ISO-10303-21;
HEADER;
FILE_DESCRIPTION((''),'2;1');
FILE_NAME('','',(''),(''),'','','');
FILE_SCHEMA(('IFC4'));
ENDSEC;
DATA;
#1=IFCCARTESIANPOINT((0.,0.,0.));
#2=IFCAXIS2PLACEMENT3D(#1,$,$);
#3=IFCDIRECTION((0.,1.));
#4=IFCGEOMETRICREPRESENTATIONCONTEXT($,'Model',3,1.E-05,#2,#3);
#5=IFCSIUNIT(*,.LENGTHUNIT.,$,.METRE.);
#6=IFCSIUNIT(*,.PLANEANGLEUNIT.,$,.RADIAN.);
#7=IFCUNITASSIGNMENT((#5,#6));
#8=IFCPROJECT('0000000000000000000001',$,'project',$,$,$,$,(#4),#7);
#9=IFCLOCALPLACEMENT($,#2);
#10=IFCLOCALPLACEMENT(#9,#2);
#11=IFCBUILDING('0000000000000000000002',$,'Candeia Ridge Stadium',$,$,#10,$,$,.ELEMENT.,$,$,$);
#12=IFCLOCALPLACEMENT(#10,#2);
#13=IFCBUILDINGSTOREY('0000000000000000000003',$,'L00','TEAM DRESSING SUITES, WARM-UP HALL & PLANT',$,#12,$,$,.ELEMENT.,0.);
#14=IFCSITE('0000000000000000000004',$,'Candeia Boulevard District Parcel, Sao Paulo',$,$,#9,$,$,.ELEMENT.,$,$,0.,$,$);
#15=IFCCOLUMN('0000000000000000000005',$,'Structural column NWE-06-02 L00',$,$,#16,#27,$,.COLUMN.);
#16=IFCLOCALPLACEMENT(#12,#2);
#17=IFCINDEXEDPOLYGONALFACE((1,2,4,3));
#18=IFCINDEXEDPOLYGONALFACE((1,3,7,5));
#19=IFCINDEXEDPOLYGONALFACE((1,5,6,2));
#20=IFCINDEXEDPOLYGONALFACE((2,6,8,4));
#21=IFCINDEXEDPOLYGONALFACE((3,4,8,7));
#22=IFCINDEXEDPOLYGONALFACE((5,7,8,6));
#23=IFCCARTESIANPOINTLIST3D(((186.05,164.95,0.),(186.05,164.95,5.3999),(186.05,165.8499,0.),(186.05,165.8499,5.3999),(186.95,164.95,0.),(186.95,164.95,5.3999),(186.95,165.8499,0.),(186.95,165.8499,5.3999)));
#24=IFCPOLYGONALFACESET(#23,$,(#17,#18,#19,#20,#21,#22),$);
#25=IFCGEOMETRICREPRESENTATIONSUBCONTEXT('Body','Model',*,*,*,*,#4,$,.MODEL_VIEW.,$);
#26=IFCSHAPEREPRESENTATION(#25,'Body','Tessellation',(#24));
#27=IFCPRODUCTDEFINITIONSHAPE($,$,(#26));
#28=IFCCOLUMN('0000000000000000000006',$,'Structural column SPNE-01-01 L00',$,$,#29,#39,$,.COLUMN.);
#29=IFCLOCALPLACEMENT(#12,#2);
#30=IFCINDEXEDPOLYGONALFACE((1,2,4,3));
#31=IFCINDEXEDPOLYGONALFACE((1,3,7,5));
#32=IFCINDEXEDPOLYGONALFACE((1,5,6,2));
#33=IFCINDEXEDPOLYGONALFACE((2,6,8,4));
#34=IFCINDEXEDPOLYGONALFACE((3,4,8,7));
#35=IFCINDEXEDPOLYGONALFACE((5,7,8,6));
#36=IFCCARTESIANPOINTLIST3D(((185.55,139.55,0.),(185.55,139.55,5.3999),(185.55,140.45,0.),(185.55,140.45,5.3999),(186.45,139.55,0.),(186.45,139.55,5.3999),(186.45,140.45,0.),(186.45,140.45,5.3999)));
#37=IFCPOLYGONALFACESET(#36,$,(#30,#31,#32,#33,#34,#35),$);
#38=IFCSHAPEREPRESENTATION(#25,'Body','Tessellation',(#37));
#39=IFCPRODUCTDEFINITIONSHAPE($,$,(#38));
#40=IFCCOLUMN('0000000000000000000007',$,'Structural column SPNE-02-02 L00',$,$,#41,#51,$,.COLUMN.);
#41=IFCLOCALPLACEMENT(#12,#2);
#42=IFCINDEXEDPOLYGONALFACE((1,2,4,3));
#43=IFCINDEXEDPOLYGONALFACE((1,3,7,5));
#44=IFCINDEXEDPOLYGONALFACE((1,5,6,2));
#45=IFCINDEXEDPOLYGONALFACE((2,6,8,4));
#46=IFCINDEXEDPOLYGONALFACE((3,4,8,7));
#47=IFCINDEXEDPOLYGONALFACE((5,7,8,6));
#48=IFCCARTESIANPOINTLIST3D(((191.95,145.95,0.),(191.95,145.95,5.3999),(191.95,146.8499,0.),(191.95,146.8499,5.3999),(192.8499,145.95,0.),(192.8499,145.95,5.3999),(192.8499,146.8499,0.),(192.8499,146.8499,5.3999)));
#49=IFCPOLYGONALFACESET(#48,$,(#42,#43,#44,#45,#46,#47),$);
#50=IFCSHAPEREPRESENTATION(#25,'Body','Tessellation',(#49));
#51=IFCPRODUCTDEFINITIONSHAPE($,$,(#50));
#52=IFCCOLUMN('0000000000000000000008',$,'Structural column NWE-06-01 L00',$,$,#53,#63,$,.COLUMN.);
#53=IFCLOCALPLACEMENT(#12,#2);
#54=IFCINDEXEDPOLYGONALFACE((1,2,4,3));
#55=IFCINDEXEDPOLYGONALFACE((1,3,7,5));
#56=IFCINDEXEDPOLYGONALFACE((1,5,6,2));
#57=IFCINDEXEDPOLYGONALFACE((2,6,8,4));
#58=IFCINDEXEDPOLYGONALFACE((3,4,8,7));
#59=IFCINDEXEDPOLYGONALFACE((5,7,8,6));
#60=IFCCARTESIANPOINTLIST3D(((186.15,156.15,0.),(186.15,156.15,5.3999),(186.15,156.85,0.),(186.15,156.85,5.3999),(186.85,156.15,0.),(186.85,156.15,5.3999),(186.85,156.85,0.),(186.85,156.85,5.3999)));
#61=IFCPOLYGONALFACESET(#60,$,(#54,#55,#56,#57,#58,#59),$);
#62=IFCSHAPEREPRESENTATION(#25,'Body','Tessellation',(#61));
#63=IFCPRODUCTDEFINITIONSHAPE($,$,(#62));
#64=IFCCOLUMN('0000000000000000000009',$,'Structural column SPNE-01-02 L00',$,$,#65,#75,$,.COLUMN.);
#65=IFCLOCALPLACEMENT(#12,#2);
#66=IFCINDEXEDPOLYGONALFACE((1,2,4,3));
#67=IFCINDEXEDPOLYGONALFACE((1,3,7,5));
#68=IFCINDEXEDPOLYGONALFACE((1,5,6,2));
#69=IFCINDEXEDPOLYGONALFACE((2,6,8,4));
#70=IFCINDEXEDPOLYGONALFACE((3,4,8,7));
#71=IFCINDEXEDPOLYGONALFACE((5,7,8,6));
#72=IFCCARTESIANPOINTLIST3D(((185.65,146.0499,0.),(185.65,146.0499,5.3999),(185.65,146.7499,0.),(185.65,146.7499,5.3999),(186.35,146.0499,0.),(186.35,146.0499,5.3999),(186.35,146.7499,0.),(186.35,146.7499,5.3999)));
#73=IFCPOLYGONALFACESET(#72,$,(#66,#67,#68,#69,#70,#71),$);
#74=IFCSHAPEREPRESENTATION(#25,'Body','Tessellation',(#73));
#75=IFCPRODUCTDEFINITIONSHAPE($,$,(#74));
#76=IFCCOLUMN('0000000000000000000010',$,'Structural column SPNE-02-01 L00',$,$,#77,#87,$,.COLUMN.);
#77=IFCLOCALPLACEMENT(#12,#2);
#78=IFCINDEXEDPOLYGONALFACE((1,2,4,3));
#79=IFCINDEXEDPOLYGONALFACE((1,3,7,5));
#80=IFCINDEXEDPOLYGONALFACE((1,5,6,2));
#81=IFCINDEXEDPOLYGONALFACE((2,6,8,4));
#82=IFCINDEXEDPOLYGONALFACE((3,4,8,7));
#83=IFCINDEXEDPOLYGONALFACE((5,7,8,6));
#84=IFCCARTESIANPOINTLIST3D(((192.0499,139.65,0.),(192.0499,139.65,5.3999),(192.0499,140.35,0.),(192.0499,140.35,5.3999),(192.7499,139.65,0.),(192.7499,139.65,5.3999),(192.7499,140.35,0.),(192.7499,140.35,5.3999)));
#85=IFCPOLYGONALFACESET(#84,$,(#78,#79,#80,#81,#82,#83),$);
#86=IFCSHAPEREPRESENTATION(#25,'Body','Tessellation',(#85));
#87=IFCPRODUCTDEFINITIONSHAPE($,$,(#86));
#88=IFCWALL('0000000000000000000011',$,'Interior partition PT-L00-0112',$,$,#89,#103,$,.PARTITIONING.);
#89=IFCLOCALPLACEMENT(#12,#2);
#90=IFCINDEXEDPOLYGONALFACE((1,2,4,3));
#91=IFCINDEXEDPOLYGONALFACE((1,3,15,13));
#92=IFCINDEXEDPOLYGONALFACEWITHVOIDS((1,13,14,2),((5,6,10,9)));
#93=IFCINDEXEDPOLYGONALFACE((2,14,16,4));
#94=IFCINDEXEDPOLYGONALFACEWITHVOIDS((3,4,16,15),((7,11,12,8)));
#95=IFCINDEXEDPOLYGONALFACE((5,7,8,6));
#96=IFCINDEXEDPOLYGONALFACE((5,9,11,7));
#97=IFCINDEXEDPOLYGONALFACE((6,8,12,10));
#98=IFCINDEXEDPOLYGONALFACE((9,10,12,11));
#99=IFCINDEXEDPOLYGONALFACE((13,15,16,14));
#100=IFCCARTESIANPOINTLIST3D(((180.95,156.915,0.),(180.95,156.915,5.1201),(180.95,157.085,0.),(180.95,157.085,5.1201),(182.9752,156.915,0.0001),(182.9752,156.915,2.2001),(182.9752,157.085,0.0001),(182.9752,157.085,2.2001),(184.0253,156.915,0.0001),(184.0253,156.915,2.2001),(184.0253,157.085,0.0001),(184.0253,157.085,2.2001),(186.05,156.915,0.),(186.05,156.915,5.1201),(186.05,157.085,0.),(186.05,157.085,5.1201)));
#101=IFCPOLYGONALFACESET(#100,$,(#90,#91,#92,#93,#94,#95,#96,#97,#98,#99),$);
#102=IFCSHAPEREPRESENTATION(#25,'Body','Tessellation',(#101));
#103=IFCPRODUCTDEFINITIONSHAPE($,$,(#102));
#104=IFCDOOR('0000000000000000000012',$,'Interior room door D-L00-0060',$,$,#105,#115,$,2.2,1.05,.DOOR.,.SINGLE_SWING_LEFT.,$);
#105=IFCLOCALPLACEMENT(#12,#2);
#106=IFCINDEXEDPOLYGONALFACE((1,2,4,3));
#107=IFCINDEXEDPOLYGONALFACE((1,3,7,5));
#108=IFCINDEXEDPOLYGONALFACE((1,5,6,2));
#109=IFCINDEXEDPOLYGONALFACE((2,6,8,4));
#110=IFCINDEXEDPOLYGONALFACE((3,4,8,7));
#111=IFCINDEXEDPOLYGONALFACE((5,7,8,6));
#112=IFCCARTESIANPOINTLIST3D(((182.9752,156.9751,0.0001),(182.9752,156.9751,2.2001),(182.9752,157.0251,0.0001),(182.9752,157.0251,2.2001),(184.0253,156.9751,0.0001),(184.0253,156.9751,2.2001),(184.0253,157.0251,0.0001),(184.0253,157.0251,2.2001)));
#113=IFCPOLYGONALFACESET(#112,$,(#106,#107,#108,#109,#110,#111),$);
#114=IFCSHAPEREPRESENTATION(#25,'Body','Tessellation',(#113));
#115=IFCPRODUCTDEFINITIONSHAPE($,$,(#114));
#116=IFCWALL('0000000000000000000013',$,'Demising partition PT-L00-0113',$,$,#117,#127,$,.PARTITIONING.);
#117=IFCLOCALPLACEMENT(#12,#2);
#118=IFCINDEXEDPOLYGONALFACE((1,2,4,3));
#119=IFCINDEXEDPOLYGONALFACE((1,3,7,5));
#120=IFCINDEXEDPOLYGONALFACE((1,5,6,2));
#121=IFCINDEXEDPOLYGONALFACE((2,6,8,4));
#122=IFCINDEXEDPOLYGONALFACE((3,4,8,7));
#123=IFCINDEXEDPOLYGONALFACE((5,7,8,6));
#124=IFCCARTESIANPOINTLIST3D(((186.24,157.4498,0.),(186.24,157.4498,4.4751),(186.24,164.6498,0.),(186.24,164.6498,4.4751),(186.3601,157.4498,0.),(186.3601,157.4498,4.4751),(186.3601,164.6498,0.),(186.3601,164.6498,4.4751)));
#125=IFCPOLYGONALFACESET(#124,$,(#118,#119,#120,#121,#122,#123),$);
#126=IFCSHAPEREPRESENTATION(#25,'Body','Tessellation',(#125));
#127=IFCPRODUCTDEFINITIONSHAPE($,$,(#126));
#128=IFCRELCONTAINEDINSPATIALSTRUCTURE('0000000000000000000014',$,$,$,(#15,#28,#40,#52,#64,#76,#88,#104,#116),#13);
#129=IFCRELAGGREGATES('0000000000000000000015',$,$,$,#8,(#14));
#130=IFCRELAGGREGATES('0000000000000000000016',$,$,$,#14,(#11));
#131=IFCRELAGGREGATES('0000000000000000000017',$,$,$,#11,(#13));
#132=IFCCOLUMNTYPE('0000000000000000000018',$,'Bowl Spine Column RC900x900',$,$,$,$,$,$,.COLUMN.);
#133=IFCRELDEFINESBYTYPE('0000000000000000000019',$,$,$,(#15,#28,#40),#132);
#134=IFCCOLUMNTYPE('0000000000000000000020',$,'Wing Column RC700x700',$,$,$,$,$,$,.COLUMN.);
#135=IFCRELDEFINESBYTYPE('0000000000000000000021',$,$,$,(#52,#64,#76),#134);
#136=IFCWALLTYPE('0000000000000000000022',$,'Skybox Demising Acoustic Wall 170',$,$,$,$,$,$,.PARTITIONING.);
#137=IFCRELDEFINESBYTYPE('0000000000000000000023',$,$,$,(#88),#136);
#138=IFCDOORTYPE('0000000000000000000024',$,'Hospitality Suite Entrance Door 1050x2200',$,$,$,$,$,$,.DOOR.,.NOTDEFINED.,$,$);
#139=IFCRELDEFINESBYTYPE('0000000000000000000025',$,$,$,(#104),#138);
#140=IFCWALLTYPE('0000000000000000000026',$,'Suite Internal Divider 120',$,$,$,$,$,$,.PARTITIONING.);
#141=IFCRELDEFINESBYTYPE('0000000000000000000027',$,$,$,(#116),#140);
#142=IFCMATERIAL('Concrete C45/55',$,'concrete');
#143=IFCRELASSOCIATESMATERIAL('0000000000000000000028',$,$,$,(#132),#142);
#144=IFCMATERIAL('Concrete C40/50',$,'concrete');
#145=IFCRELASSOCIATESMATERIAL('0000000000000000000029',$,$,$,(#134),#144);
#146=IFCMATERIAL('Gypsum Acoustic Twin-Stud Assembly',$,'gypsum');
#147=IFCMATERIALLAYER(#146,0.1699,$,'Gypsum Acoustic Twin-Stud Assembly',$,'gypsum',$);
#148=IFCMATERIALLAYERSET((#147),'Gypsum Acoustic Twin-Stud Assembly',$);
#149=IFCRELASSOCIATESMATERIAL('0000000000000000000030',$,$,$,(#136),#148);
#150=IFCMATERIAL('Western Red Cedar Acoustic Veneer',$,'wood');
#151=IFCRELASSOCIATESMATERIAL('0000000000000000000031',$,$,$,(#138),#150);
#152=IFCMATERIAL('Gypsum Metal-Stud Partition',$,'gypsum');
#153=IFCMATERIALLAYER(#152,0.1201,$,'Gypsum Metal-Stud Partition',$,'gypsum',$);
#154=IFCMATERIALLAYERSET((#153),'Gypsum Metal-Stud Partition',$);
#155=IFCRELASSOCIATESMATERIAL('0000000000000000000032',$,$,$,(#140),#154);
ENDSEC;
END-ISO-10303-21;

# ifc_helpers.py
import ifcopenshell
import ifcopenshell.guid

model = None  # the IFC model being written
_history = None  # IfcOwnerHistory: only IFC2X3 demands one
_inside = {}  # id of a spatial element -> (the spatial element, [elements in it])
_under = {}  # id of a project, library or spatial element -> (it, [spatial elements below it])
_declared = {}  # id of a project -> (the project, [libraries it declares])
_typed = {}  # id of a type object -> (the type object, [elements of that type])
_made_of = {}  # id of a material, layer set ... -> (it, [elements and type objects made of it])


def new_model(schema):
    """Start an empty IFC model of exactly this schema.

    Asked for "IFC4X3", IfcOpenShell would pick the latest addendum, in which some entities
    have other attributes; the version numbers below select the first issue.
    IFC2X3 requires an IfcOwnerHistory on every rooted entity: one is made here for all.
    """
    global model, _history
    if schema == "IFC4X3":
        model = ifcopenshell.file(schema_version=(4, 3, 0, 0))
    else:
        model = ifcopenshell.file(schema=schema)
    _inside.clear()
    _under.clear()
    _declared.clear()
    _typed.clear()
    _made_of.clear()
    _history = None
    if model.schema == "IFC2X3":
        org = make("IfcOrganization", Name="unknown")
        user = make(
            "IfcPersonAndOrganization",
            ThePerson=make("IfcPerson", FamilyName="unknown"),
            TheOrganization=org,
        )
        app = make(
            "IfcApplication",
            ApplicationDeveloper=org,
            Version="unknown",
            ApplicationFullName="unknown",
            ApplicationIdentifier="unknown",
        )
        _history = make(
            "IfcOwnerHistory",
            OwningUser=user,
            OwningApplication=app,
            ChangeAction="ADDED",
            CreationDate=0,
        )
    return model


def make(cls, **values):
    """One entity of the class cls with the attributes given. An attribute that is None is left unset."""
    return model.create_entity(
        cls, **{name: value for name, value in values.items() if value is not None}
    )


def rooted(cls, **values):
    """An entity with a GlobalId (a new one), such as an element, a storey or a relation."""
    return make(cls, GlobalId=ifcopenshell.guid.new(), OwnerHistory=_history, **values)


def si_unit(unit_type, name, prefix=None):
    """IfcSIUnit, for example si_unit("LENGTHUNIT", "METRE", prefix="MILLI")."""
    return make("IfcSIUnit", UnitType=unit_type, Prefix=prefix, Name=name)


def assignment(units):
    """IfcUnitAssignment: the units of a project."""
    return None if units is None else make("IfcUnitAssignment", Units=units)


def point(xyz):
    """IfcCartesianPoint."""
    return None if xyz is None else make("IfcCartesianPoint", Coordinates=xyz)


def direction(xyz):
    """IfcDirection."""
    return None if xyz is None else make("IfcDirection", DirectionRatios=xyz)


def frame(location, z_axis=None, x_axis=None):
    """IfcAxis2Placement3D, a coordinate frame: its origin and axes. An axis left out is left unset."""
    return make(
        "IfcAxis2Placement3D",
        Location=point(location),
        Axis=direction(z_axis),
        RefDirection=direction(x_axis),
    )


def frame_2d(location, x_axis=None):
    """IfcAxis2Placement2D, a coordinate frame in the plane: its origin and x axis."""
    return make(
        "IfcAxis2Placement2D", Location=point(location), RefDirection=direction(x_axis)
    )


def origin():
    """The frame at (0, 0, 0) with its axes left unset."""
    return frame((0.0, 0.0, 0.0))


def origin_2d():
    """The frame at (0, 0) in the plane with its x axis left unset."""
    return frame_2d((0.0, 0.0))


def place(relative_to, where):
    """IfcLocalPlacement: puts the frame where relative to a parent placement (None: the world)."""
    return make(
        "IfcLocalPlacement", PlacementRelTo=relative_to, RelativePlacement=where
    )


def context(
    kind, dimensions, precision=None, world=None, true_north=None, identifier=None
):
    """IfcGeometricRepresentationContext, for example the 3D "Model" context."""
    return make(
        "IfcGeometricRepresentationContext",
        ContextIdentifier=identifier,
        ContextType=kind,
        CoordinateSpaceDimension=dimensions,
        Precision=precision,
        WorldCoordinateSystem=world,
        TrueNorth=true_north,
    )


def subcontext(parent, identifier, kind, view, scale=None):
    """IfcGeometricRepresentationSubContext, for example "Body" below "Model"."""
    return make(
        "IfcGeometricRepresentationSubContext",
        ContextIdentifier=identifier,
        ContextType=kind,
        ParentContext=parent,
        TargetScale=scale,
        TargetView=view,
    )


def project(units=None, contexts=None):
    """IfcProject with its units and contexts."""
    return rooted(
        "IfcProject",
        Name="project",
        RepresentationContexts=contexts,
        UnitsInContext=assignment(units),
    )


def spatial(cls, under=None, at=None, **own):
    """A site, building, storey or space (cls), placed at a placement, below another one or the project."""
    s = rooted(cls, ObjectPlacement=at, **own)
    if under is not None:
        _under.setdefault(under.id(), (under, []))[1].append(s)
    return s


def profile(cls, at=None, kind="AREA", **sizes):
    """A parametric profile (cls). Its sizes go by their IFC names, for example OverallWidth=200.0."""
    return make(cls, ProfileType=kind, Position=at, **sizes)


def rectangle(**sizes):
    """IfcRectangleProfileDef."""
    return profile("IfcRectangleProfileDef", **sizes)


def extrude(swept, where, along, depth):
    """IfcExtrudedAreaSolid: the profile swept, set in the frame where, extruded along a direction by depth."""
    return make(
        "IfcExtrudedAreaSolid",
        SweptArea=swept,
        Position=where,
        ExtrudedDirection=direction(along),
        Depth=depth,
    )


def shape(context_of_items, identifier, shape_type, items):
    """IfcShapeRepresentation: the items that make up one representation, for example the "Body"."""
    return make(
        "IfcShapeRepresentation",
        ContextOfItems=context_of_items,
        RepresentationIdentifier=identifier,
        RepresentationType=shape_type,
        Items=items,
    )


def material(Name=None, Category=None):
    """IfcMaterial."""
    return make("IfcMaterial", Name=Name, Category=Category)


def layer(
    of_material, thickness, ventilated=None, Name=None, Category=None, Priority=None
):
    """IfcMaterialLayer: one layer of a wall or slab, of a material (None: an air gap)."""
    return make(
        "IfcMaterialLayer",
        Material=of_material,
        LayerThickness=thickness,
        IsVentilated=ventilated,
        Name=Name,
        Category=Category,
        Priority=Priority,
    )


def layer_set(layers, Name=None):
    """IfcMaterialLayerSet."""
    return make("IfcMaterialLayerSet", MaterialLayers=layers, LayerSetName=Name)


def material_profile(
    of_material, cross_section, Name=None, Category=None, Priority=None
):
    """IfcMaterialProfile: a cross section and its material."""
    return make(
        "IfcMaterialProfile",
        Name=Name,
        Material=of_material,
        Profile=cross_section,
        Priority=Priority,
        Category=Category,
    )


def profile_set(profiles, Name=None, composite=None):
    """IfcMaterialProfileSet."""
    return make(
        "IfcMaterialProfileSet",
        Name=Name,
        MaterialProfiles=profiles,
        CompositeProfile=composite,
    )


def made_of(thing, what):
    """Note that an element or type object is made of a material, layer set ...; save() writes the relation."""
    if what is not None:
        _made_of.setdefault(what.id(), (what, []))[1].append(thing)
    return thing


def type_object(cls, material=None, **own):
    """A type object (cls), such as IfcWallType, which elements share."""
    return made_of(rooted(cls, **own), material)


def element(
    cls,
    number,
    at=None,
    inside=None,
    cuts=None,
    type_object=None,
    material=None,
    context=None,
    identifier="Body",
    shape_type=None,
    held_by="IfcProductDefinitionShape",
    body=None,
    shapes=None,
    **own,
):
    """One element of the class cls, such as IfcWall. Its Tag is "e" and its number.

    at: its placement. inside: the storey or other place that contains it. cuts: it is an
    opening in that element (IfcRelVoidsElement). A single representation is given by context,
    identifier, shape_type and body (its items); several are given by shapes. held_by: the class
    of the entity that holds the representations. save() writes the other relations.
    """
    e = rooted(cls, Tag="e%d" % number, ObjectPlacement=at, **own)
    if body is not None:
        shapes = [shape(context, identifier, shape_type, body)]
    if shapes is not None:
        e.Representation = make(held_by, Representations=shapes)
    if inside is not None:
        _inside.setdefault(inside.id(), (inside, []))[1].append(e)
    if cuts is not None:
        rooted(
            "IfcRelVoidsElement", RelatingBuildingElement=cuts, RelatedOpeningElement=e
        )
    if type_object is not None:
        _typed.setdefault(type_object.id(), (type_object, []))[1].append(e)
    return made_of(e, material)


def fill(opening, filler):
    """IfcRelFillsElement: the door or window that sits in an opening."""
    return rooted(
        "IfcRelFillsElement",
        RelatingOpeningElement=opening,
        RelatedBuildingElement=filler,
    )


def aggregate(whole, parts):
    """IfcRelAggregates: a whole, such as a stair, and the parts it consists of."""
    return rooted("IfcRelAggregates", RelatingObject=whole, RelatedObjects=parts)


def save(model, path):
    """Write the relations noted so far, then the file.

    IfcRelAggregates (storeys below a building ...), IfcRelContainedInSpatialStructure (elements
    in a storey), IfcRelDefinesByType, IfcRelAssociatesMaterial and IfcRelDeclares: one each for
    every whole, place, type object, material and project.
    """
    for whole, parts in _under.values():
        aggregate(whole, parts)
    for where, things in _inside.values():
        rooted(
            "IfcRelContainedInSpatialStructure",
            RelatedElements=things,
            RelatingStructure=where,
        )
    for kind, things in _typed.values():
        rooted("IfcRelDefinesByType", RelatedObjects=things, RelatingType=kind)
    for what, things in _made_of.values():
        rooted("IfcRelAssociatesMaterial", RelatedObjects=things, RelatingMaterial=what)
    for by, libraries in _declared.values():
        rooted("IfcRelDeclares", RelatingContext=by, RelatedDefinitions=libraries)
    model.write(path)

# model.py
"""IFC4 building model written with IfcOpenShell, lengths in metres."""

from ifc_helpers import new_model, si_unit, direction, frame, frame_2d, origin, origin_2d, place, context, subcontext, project, spatial, rectangle, extrude, material, layer, layer_set, material_profile, profile_set, type_object, element, fill, save


model = new_model("IFC4")

# Units and contexts
model_context = context("Model", 3, precision=1e-05, world=origin(), true_north=direction((0.0, 1.0)))
body_context = subcontext(model_context, "Body", "Model", "MODEL_VIEW")
ifc_project = project(units=[si_unit("LENGTHUNIT", "METRE"), si_unit("PLANEANGLEUNIT", "RADIAN")], contexts=[model_context])

# Site, building, storey
site_placement = place(None, origin())
site = spatial("IfcSite", under=ifc_project, at=site_placement, Name="Candeia Boulevard District Parcel, Sao Paulo", CompositionType="ELEMENT", RefElevation=0.0)
building_placement = place(site_placement, origin())
building = spatial("IfcBuilding", under=site, at=building_placement, Name="Candeia Ridge Stadium", CompositionType="ELEMENT")
storey_placement = place(building_placement, origin())
storey = spatial("IfcBuildingStorey", under=building, at=storey_placement, Name="L00", Description="TEAM DRESSING SUITES, WARM-UP HALL & PLANT", CompositionType="ELEMENT", Elevation=0.0)

# Shared definitions
ifc_material_1 = material(Name="Concrete C40/50", Category="concrete")

# Columns
ifc_material_2 = material(Name="Concrete C45/55", Category="concrete")
ifc_material_profile_1 = material_profile(ifc_material_2, rectangle(XDim=0.8999, YDim=0.8999, at=origin_2d()), Name="RC900x900", Category="concrete")
ifc_profile_set_1 = profile_set([ifc_material_profile_1], Name="Concrete C45/55")
column_type_1 = type_object("IfcColumnType", Name="Bowl Spine Column RC900x900", PredefinedType="COLUMN", material=ifc_profile_set_1)
for number, where, z_axis, x_axis, name in (
    (1, (186.5, 165.3999, 0.0), (0.0, 0.0, 1.0), (1.0, 0.0, 0.0), "Structural column NWE-06-02 L00"),
    (2, (186.0, 140.0, 0.0), (0.0, 0.0, 1.0), (1.0, 0.0, 0.0), "Structural column SPNE-01-01 L00"),
    (3, (192.3999, 146.3999, 0.0), (0.0, 0.0, 1.0), (1.0, 0.0, 0.0), "Structural column SPNE-02-02 L00"),
):
    element("IfcColumn", number, at=place(storey_placement, frame(where, z_axis=z_axis, x_axis=x_axis)), inside=storey, type_object=column_type_1, Name=name, PredefinedType="COLUMN", context=body_context, shape_type="SweptSolid", body=[
        extrude(rectangle(XDim=0.8999, YDim=0.8999, at=origin_2d()), origin(), (0.0, 0.0, 1.0), 5.3999),
    ])
ifc_material_profile_2 = material_profile(ifc_material_1, rectangle(XDim=0.7, YDim=0.7, at=origin_2d()), Name="RC700x700", Category="concrete")
ifc_profile_set_2 = profile_set([ifc_material_profile_2], Name="Concrete C40/50")
column_type_2 = type_object("IfcColumnType", Name="Wing Column RC700x700", PredefinedType="COLUMN", material=ifc_profile_set_2)
for number, where, z_axis, x_axis, name in (
    (4, (186.5, 156.5, 0.0), (0.0, 0.0, 1.0), (1.0, 0.0, 0.0), "Structural column NWE-06-01 L00"),
    (5, (186.0, 146.3999, 0.0), (0.0, 0.0, 1.0), (1.0, 0.0, 0.0), "Structural column SPNE-01-02 L00"),
    (6, (192.3999, 140.0, 0.0), (0.0, 0.0, 1.0), (1.0, 0.0, 0.0), "Structural column SPNE-02-01 L00"),
):
    element("IfcColumn", number, at=place(storey_placement, frame(where, z_axis=z_axis, x_axis=x_axis)), inside=storey, type_object=column_type_2, Name=name, PredefinedType="COLUMN", context=body_context, shape_type="SweptSolid", body=[
        extrude(rectangle(XDim=0.7, YDim=0.7, at=origin_2d()), origin(), (0.0, 0.0, 1.0), 5.3999),
    ])

# Wall, opening, door
ifc_material_3 = material(Name="Gypsum Acoustic Twin-Stud Assembly", Category="gypsum")
ifc_layer_1 = layer(ifc_material_3, 0.1699, Name="Gypsum Acoustic Twin-Stud Assembly", Category="gypsum")
ifc_layer_set_1 = layer_set([ifc_layer_1], Name="Gypsum Acoustic Twin-Stud Assembly")
wall_type_1 = type_object("IfcWallType", Name="Skybox Demising Acoustic Wall 170", PredefinedType="PARTITIONING", material=ifc_layer_set_1)
wall_1_placement = place(storey_placement, frame((186.05, 157.0, 0.0), z_axis=(0.0, 0.0, 1.0), x_axis=(-1.0, 0.0, 0.0)))
wall_1 = element("IfcWall", 7, at=wall_1_placement, inside=storey, type_object=wall_type_1, Name="Interior partition PT-L00-0112", PredefinedType="PARTITIONING", context=body_context, shape_type="SweptSolid", body=[
    extrude(rectangle(XDim=5.1001, YDim=0.1699, at=frame_2d((2.55, 0.0))), origin(), (0.0, 0.0, 1.0), 5.1201),
])
opening_placement = place(wall_1_placement, frame((2.0249, 0.0, 0.0)))
opening = element("IfcOpeningElement", 8, at=opening_placement, cuts=wall_1, PredefinedType="OPENING", context=body_context, shape_type="SweptSolid", body=[
    extrude(rectangle(XDim=1.05, YDim=2.2, at=frame_2d((0.5249, 1.1001))), frame((0.0, 0.095, 0.0), z_axis=(0.0, -1.0, 0.0), x_axis=(1.0, 0.0, 0.0)), (0.0, 0.0, 1.0), 0.1899),
])
ifc_material_4 = material(Name="Western Red Cedar Acoustic Veneer", Category="wood")
door_type = type_object("IfcDoorType", Name="Hospitality Suite Entrance Door 1050x2200", OperationType="NOTDEFINED", PredefinedType="DOOR", material=ifc_material_4)
door_placement = place(opening_placement, origin())
door = element("IfcDoor", 9, at=door_placement, inside=storey, type_object=door_type, Name="Interior room door D-L00-0060", OperationType="SINGLE_SWING_LEFT", OverallHeight=2.2, OverallWidth=1.05, PredefinedType="DOOR", context=body_context, shape_type="SweptSolid", body=[
    extrude(rectangle(XDim=1.05, YDim=2.2, at=frame_2d((0.5249, 1.1001))), frame((0.0, 0.0249, 0.0), z_axis=(0.0, -1.0, 0.0), x_axis=(1.0, 0.0, 0.0)), (0.0, 0.0, 1.0), 0.05),
])
fill(opening, door)

# Wall
ifc_material_5 = material(Name="Gypsum Metal-Stud Partition", Category="gypsum")
ifc_layer_2 = layer(ifc_material_5, 0.1201, Name="Gypsum Metal-Stud Partition", Category="gypsum")
ifc_layer_set_2 = layer_set([ifc_layer_2], Name="Gypsum Metal-Stud Partition")
wall_type_2 = type_object("IfcWallType", Name="Suite Internal Divider 120", PredefinedType="PARTITIONING", material=ifc_layer_set_2)
wall_2_placement = place(storey_placement, frame((186.3, 164.6499, 0.0), z_axis=(0.0, 0.0, 1.0), x_axis=(0.0, -1.0, 0.0)))
element("IfcWall", 10, at=wall_2_placement, inside=storey, type_object=wall_type_2, Name="Demising partition PT-L00-0113", PredefinedType="PARTITIONING", context=body_context, shape_type="SweptSolid", body=[
    extrude(rectangle(XDim=7.2, YDim=0.1201, at=frame_2d((3.6001, 0.0))), origin(), (0.0, 0.0, 1.0), 4.4751),
])

save(model, "model.ifc")
